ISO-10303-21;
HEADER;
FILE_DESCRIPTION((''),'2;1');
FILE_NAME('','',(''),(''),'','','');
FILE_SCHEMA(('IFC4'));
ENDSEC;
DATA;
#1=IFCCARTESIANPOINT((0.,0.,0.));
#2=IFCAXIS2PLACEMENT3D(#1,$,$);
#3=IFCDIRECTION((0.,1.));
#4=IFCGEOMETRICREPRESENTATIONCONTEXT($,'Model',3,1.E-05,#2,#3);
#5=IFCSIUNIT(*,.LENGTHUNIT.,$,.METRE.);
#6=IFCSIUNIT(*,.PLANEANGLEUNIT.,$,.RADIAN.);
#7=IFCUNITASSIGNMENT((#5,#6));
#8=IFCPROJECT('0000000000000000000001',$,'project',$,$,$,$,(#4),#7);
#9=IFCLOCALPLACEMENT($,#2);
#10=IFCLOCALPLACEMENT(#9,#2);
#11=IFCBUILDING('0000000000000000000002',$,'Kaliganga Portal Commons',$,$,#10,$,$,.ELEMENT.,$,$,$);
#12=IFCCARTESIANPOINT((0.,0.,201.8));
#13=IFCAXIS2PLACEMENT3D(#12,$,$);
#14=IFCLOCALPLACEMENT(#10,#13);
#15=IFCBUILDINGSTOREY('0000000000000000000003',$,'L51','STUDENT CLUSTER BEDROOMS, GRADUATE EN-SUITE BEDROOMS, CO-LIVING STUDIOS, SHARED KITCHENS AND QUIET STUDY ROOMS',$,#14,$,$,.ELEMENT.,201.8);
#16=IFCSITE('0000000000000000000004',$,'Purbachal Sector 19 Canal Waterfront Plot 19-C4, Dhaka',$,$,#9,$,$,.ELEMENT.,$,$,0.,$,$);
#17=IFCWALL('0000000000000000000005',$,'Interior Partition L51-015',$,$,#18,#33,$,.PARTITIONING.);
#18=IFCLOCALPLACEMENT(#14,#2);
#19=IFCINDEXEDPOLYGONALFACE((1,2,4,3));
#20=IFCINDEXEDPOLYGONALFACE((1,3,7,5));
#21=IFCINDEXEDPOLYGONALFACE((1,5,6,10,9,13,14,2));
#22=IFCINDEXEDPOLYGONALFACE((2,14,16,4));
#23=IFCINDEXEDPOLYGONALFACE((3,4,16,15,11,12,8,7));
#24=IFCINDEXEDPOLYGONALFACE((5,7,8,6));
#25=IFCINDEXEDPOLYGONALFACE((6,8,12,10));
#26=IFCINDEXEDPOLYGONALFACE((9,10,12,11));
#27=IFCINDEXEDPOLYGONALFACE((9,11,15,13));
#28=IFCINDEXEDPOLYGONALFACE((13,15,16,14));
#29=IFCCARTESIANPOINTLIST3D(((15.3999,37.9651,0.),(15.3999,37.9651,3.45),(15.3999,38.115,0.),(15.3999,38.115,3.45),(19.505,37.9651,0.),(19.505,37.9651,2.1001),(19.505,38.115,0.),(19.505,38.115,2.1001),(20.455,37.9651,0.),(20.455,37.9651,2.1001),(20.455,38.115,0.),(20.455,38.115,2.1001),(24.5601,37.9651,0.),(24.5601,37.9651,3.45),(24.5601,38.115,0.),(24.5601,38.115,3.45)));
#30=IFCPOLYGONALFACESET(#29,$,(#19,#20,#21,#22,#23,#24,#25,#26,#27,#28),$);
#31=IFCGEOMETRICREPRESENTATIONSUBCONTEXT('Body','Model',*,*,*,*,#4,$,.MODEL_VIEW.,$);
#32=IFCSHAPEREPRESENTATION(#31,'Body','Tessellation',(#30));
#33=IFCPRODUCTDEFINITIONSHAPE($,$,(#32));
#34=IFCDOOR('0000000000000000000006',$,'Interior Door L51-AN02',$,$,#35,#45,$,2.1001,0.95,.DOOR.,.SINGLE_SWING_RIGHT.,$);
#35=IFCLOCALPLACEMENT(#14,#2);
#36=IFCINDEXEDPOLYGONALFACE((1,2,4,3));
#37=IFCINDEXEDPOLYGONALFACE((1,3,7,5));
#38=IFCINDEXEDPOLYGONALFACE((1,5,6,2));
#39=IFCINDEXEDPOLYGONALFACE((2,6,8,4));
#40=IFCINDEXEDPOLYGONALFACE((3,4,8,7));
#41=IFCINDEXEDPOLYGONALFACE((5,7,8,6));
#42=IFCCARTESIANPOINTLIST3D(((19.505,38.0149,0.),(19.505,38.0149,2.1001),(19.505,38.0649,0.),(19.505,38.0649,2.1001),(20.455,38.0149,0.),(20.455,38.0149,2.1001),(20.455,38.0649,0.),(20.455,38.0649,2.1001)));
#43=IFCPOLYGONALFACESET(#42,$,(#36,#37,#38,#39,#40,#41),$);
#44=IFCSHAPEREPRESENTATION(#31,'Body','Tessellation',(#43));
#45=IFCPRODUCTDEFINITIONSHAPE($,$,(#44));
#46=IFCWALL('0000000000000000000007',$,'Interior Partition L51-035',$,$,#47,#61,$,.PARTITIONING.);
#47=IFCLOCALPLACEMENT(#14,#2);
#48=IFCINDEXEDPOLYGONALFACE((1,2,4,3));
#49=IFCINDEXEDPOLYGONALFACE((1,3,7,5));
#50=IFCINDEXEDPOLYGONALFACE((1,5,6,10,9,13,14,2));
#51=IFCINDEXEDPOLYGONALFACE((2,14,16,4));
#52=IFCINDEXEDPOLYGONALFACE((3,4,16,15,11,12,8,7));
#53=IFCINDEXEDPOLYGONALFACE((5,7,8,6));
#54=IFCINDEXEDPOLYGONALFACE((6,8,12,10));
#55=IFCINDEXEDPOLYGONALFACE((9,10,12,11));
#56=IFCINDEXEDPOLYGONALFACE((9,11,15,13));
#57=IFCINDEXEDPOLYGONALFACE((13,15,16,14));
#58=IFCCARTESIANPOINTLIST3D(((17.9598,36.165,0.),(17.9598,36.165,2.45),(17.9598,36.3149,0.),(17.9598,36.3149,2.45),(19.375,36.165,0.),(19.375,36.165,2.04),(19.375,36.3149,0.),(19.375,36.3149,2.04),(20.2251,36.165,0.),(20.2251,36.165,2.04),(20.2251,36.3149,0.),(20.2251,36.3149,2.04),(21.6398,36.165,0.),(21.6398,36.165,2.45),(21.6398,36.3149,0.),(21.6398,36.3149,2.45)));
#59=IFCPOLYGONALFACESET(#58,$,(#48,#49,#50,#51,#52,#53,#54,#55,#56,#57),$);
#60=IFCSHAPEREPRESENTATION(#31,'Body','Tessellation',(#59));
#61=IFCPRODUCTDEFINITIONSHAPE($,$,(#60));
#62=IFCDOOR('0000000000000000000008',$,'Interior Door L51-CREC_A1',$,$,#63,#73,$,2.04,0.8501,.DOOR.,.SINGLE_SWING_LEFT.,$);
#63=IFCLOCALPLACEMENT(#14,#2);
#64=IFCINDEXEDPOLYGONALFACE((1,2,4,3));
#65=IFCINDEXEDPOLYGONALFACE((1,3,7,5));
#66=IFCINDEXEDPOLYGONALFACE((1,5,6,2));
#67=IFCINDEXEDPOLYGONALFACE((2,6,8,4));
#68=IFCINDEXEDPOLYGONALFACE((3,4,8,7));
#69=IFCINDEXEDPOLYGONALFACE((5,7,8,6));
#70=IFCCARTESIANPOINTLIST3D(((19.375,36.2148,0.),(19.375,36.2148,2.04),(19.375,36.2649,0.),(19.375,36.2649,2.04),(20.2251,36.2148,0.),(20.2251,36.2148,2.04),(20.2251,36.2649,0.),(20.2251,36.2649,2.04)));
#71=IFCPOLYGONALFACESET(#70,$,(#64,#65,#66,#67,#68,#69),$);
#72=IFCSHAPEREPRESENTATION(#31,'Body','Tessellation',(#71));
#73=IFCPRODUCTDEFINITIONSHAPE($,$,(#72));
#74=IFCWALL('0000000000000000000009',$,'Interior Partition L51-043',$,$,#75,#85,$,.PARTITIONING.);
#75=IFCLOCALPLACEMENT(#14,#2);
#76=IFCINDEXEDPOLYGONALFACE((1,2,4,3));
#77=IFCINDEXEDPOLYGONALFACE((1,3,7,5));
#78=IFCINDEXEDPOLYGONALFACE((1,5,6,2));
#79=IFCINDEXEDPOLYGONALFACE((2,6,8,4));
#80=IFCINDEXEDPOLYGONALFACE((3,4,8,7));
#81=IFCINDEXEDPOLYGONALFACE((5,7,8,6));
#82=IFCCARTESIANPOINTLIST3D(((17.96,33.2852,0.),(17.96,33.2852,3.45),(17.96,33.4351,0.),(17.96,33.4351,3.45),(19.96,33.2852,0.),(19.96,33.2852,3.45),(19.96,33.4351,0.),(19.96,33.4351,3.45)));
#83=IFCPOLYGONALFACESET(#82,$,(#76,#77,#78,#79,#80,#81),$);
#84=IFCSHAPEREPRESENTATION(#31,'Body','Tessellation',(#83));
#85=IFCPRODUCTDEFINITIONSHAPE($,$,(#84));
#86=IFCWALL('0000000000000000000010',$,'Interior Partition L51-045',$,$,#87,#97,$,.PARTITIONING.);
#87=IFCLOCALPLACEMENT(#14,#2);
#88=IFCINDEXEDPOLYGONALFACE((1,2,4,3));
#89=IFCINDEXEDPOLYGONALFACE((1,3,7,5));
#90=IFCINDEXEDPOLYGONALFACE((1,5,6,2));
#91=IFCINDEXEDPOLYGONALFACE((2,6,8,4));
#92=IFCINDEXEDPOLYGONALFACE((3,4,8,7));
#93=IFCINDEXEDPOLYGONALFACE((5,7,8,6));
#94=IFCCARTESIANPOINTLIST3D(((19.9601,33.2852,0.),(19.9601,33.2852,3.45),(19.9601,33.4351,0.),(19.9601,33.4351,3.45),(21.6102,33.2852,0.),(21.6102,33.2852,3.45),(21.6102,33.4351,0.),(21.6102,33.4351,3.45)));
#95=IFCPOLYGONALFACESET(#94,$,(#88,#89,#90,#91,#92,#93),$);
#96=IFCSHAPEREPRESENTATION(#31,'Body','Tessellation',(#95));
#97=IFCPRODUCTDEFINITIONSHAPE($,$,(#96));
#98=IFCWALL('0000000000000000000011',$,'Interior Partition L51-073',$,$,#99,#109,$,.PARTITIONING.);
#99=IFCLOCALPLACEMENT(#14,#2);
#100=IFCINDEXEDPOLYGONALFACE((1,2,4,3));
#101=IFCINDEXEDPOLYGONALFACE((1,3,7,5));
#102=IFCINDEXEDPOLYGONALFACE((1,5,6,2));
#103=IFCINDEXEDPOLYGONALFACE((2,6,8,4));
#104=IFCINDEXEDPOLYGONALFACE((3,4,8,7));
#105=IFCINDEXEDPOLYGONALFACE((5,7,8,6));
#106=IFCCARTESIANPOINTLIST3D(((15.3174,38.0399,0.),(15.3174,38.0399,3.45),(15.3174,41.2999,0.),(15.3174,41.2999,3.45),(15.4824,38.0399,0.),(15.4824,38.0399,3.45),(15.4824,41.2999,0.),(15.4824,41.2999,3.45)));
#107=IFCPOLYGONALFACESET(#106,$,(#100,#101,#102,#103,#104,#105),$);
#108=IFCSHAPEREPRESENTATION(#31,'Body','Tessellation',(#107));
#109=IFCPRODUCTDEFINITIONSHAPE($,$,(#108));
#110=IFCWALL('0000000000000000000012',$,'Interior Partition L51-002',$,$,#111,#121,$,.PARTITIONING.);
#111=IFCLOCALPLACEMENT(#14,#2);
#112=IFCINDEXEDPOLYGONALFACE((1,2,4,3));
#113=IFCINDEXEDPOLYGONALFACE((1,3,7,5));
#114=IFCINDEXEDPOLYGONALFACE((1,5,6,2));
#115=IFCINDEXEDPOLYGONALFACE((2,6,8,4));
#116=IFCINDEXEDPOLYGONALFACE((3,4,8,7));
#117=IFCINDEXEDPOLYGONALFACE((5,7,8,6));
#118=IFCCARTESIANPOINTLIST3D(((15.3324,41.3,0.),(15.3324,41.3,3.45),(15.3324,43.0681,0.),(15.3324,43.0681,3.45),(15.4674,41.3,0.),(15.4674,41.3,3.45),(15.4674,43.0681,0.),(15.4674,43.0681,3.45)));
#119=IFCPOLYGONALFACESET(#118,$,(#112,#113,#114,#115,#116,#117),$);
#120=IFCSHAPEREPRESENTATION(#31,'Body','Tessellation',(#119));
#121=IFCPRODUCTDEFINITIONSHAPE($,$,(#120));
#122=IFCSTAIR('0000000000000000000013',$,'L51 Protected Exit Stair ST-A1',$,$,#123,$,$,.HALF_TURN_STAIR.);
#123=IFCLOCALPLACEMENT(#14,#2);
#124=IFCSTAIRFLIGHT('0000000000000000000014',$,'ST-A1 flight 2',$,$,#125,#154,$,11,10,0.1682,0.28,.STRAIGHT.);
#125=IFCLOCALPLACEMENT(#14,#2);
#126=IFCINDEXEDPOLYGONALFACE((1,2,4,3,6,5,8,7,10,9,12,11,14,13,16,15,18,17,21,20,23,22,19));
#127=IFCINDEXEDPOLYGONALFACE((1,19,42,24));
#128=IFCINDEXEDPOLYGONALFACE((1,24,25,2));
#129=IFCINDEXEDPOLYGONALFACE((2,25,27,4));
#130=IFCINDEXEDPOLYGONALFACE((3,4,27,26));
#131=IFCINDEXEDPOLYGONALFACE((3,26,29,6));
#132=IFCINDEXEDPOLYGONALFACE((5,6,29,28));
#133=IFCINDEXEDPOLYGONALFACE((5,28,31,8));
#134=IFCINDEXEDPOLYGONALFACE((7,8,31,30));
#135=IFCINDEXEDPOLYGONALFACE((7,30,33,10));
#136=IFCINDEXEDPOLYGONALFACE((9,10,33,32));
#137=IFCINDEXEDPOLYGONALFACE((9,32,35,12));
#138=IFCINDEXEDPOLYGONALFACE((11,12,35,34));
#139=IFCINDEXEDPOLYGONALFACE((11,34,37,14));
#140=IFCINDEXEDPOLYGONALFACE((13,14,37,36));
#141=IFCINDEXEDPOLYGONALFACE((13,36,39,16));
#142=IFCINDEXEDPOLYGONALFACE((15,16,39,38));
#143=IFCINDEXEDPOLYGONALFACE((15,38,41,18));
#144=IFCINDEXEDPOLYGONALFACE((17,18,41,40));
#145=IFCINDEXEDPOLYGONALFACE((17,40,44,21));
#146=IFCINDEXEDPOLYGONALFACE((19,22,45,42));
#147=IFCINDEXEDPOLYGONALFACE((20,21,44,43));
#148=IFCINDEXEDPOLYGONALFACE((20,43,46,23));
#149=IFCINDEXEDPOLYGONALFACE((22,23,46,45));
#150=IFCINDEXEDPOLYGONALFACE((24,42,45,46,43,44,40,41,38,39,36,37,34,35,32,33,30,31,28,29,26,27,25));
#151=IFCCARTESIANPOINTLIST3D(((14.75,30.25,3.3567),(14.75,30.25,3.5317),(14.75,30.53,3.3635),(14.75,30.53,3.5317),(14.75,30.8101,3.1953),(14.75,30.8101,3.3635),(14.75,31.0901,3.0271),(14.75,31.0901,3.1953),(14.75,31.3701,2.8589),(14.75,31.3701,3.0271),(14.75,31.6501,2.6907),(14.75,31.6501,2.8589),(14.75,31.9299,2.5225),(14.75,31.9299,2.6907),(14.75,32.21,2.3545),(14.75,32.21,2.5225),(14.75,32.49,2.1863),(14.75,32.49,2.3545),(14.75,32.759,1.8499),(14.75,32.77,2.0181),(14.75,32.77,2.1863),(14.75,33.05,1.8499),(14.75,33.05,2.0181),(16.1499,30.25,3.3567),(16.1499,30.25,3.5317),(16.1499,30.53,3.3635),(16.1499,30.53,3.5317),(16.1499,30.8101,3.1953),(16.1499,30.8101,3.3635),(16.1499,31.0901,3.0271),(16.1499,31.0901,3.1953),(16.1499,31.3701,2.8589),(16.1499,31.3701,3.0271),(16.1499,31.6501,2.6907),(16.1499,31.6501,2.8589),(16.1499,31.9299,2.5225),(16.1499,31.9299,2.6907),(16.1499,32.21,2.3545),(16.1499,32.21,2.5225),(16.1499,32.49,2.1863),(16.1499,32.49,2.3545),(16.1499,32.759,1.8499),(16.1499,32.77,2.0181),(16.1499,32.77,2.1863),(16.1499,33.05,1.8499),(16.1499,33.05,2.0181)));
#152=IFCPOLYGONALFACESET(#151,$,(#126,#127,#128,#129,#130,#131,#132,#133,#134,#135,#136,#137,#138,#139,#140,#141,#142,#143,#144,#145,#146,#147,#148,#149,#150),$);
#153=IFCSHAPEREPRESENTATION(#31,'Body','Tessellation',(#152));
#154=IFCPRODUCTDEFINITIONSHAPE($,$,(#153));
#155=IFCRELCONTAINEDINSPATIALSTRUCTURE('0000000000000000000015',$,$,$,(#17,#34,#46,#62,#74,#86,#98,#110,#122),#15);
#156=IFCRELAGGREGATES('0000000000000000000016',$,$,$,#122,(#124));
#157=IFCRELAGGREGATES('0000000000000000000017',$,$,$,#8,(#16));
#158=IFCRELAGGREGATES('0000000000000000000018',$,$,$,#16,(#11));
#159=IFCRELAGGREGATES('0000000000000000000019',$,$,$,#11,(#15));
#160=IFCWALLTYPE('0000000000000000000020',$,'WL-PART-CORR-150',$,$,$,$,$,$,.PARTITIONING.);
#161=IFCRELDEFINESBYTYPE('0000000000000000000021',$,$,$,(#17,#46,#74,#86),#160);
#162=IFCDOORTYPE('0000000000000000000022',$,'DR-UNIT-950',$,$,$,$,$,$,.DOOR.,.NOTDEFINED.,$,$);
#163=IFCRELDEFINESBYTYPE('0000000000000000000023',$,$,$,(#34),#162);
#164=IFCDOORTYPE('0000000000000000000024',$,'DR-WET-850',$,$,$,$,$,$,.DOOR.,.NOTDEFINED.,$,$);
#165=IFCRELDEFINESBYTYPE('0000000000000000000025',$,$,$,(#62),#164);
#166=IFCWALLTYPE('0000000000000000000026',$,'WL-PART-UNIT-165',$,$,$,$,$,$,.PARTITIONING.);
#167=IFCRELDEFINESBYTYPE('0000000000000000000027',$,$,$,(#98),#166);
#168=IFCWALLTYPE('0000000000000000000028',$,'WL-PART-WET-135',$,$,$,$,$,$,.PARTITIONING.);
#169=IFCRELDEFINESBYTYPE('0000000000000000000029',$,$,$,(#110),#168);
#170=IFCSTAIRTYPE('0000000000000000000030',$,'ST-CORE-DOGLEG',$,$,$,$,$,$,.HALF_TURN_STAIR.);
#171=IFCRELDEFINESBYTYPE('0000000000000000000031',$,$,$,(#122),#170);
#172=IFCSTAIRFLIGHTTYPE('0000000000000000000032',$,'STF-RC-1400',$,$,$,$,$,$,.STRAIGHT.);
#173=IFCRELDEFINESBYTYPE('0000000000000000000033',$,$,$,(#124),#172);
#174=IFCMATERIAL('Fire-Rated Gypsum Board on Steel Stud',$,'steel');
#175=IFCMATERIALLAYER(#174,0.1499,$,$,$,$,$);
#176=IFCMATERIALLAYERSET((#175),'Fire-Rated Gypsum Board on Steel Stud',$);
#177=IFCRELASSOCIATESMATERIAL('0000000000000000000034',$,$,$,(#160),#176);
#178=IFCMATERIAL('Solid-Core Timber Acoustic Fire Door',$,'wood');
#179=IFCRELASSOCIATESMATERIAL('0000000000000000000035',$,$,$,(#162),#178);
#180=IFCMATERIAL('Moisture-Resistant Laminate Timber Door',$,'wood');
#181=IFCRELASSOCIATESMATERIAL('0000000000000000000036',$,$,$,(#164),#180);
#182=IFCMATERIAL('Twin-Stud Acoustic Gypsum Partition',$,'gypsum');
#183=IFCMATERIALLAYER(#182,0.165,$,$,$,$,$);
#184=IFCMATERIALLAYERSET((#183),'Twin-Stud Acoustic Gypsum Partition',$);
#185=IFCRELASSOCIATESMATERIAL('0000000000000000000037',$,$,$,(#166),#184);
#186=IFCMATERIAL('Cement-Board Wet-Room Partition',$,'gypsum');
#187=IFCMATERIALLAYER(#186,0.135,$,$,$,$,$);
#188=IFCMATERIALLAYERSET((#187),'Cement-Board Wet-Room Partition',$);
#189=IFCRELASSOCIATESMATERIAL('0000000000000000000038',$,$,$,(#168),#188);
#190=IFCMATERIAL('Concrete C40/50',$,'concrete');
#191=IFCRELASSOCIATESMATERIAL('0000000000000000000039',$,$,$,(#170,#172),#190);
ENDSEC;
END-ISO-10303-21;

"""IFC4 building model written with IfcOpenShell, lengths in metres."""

from ifc_helpers import new_model, si_unit, direction, frame, frame_2d, origin, place, context, subcontext, project, spatial, polyline, rectangle, outline, extrude, material, layer, layer_set, type_object, element, fill, aggregate, save


model = new_model("IFC4")

# Units and contexts
model_context = context("Model", 3, precision=1e-05, world=origin(), true_north=direction((0.0, 1.0)))
body_context = subcontext(model_context, "Body", "Model", "MODEL_VIEW")
ifc_project = project(units=[si_unit("LENGTHUNIT", "METRE"), si_unit("PLANEANGLEUNIT", "RADIAN")], contexts=[model_context])

# Site, building, storey
site_placement = place(None, origin())
site = spatial("IfcSite", under=ifc_project, at=site_placement, Name="Purbachal Sector 19 Canal Waterfront Plot 19-C4, Dhaka", CompositionType="ELEMENT", RefElevation=0.0)
building_placement = place(site_placement, origin())
building = spatial("IfcBuilding", under=site, at=building_placement, Name="Kaliganga Portal Commons", CompositionType="ELEMENT")
storey_placement = place(building_placement, frame((0.0, 0.0, 201.8)))
storey = spatial("IfcBuildingStorey", under=building, at=storey_placement, Name="L51", Description="STUDENT CLUSTER BEDROOMS, GRADUATE EN-SUITE BEDROOMS, CO-LIVING STUDIOS, SHARED KITCHENS AND QUIET STUDY ROOMS", CompositionType="ELEMENT", Elevation=201.8)

# Walls, openings, doors
ifc_material_1 = material(Name="Fire-Rated Gypsum Board on Steel Stud", Category="steel")
ifc_layer_1 = layer(ifc_material_1, 0.1499)
ifc_layer_set_1 = layer_set([ifc_layer_1], Name="Fire-Rated Gypsum Board on Steel Stud")
wall_type_1 = type_object("IfcWallType", Name="WL-PART-CORR-150", PredefinedType="PARTITIONING", material=ifc_layer_set_1)
wall_1_placement = place(storey_placement, frame((15.3999, 38.04, 0.0), z_axis=(0.0, 0.0, 1.0), x_axis=(1.0, 0.0, 0.0)))
wall_1 = element("IfcWall", 1, at=wall_1_placement, inside=storey, type_object=wall_type_1, Name="Interior Partition L51-015", PredefinedType="PARTITIONING", context=body_context, shape_type="SweptSolid", body=[
    extrude(rectangle(XDim=9.1602, YDim=0.1499, at=frame_2d((4.5801, 0.0))), origin(), (0.0, 0.0, 1.0), 3.45),
])
opening_1_placement = place(wall_1_placement, frame((4.105, 0.0, 0.0)))
opening_1 = element("IfcOpeningElement", 2, at=opening_1_placement, cuts=wall_1, PredefinedType="OPENING", context=body_context, shape_type="SweptSolid", body=[
    extrude(rectangle(XDim=0.95, YDim=2.1001, at=frame_2d((0.4751, 1.05))), frame((0.0, 0.085, 0.0), z_axis=(0.0, -1.0, 0.0), x_axis=(1.0, 0.0, 0.0)), (0.0, 0.0, 1.0), 0.1699),
])
ifc_material_2 = material(Name="Solid-Core Timber Acoustic Fire Door", Category="wood")
door_type_1 = type_object("IfcDoorType", Name="DR-UNIT-950", OperationType="NOTDEFINED", PredefinedType="DOOR", material=ifc_material_2)
door_1_placement = place(opening_1_placement, origin())
door_1 = element("IfcDoor", 3, at=door_1_placement, inside=storey, type_object=door_type_1, Name="Interior Door L51-AN02", OperationType="SINGLE_SWING_RIGHT", OverallHeight=2.1001, OverallWidth=0.95, PredefinedType="DOOR", context=body_context, shape_type="SweptSolid", body=[
    extrude(rectangle(XDim=0.95, YDim=2.1001, at=frame_2d((0.4751, 1.05))), frame((0.0, 0.0249, 0.0), z_axis=(0.0, -1.0, 0.0), x_axis=(1.0, 0.0, 0.0)), (0.0, 0.0, 1.0), 0.05),
])
fill(opening_1, door_1)
wall_2_placement = place(storey_placement, frame((17.96, 36.24, 0.0), z_axis=(0.0, 0.0, 1.0), x_axis=(1.0, 0.0, 0.0)))
wall_2 = element("IfcWall", 4, at=wall_2_placement, inside=storey, type_object=wall_type_1, Name="Interior Partition L51-035", PredefinedType="PARTITIONING", context=body_context, shape_type="SweptSolid", body=[
    extrude(rectangle(XDim=3.6799, YDim=0.1499, at=frame_2d((1.8398, 0.0))), origin(), (0.0, 0.0, 1.0), 2.45),
])
opening_2_placement = place(wall_2_placement, frame((1.415, 0.0, 0.0)))
opening_2 = element("IfcOpeningElement", 5, at=opening_2_placement, cuts=wall_2, PredefinedType="OPENING", context=body_context, shape_type="SweptSolid", body=[
    extrude(rectangle(XDim=0.8501, YDim=2.04, at=frame_2d((0.425, 1.02))), frame((0.0, 0.085, 0.0), z_axis=(0.0, -1.0, 0.0), x_axis=(1.0, 0.0, 0.0)), (0.0, 0.0, 1.0), 0.1699),
])
ifc_material_3 = material(Name="Moisture-Resistant Laminate Timber Door", Category="wood")
door_type_2 = type_object("IfcDoorType", Name="DR-WET-850", OperationType="NOTDEFINED", PredefinedType="DOOR", material=ifc_material_3)
door_2_placement = place(opening_2_placement, origin())
door_2 = element("IfcDoor", 6, at=door_2_placement, inside=storey, type_object=door_type_2, Name="Interior Door L51-CREC_A1", OperationType="SINGLE_SWING_LEFT", OverallHeight=2.04, OverallWidth=0.8501, PredefinedType="DOOR", context=body_context, shape_type="SweptSolid", body=[
    extrude(rectangle(XDim=0.8501, YDim=2.04, at=frame_2d((0.425, 1.02))), frame((0.0, 0.0249, 0.0), z_axis=(0.0, -1.0, 0.0), x_axis=(1.0, 0.0, 0.0)), (0.0, 0.0, 1.0), 0.05),
])
fill(opening_2, door_2)

# Walls
wall_3_placement = place(storey_placement, frame((17.96, 33.3601, 0.0), z_axis=(0.0, 0.0, 1.0), x_axis=(1.0, 0.0, 0.0)))
element("IfcWall", 7, at=wall_3_placement, inside=storey, type_object=wall_type_1, Name="Interior Partition L51-043", PredefinedType="PARTITIONING", context=body_context, shape_type="SweptSolid", body=[
    extrude(rectangle(XDim=2.0, YDim=0.1499, at=frame_2d((1.0, 0.0))), origin(), (0.0, 0.0, 1.0), 3.45),
])
wall_4_placement = place(storey_placement, frame((19.96, 33.3601, 0.0), z_axis=(0.0, 0.0, 1.0), x_axis=(1.0, 0.0, 0.0)))
element("IfcWall", 8, at=wall_4_placement, inside=storey, type_object=wall_type_1, Name="Interior Partition L51-045", PredefinedType="PARTITIONING", context=body_context, shape_type="SweptSolid", body=[
    extrude(rectangle(XDim=1.6501, YDim=0.1499, at=frame_2d((0.8252, 0.0))), origin(), (0.0, 0.0, 1.0), 3.45),
])
ifc_material_4 = material(Name="Twin-Stud Acoustic Gypsum Partition", Category="gypsum")
ifc_layer_2 = layer(ifc_material_4, 0.165)
ifc_layer_set_2 = layer_set([ifc_layer_2], Name="Twin-Stud Acoustic Gypsum Partition")
wall_type_2 = type_object("IfcWallType", Name="WL-PART-UNIT-165", PredefinedType="PARTITIONING", material=ifc_layer_set_2)
wall_5_placement = place(storey_placement, frame((15.3999, 38.04, 0.0), z_axis=(0.0, 0.0, 1.0), x_axis=(0.0, 1.0, 0.0)))
element("IfcWall", 9, at=wall_5_placement, inside=storey, type_object=wall_type_2, Name="Interior Partition L51-073", PredefinedType="PARTITIONING", context=body_context, shape_type="SweptSolid", body=[
    extrude(rectangle(XDim=3.26, YDim=0.165, at=frame_2d((1.6299, 0.0))), origin(), (0.0, 0.0, 1.0), 3.45),
])
ifc_material_5 = material(Name="Cement-Board Wet-Room Partition", Category="gypsum")
ifc_layer_3 = layer(ifc_material_5, 0.135)
ifc_layer_set_3 = layer_set([ifc_layer_3], Name="Cement-Board Wet-Room Partition")
wall_type_3 = type_object("IfcWallType", Name="WL-PART-WET-135", PredefinedType="PARTITIONING", material=ifc_layer_set_3)
wall_6_placement = place(storey_placement, frame((15.3999, 41.3, 0.0), z_axis=(0.0, 0.0, 1.0), x_axis=(0.0, 1.0, 0.0)))
element("IfcWall", 10, at=wall_6_placement, inside=storey, type_object=wall_type_3, Name="Interior Partition L51-002", PredefinedType="PARTITIONING", context=body_context, shape_type="SweptSolid", body=[
    extrude(rectangle(XDim=1.7681, YDim=0.135, at=frame_2d((0.884, 0.0))), origin(), (0.0, 0.0, 1.0), 3.45),
])

# Stair, stair flight
ifc_material_6 = material(Name="Concrete C40/50", Category="concrete")
stair_type = type_object("IfcStairType", Name="ST-CORE-DOGLEG", PredefinedType="HALF_TURN_STAIR", material=ifc_material_6)
stair_placement = place(storey_placement, origin())
stair = element("IfcStair", 11, at=stair_placement, inside=storey, type_object=stair_type, Name="L51 Protected Exit Stair ST-A1", PredefinedType="HALF_TURN_STAIR")
stair_flight_type = type_object("IfcStairFlightType", Name="STF-RC-1400", PredefinedType="STRAIGHT", material=ifc_material_6)
stair_flight_placement = place(storey_placement, frame((15.45, 33.05, 1.8499), z_axis=(0.0, 0.0, 1.0), x_axis=(0.0, -1.0, 0.0)))
stair_flight = element("IfcStairFlight", 12, at=stair_flight_placement, type_object=stair_flight_type, Name="ST-A1 flight 2", NumberOfRisers=11, NumberOfTreads=10, PredefinedType="STRAIGHT", RiserHeight=0.1682, TreadLength=0.28, context=body_context, shape_type="SweptSolid", body=[
    extrude(outline(polyline([(0.0, 0.0), (0.0, 0.1682), (0.28, 0.1682), (0.28, 0.3364), (0.5601, 0.3364), (0.5601, 0.5046), (0.8401, 0.5046), (0.8401, 0.6726), (1.1201, 0.6726), (1.1201, 0.8408), (1.3999, 0.8408), (1.3999, 1.009), (1.6799, 1.009), (1.6799, 1.1772), (1.96, 1.1772), (1.96, 1.3455), (2.24, 1.3455), (2.24, 1.5137), (2.52, 1.5137), (2.52, 1.6819), (2.8, 1.6819), (2.8, 1.8501), (2.8, 1.5068), (0.291, 0.0), (0.0, 0.0)])), frame((0.0, 0.7, 0.0), z_axis=(0.0, -1.0, 0.0), x_axis=(1.0, 0.0, 0.0)), (0.0, 0.0, 1.0), 1.3999),
])
aggregate(stair, [stair_flight])

save(model, "model.ifc")
